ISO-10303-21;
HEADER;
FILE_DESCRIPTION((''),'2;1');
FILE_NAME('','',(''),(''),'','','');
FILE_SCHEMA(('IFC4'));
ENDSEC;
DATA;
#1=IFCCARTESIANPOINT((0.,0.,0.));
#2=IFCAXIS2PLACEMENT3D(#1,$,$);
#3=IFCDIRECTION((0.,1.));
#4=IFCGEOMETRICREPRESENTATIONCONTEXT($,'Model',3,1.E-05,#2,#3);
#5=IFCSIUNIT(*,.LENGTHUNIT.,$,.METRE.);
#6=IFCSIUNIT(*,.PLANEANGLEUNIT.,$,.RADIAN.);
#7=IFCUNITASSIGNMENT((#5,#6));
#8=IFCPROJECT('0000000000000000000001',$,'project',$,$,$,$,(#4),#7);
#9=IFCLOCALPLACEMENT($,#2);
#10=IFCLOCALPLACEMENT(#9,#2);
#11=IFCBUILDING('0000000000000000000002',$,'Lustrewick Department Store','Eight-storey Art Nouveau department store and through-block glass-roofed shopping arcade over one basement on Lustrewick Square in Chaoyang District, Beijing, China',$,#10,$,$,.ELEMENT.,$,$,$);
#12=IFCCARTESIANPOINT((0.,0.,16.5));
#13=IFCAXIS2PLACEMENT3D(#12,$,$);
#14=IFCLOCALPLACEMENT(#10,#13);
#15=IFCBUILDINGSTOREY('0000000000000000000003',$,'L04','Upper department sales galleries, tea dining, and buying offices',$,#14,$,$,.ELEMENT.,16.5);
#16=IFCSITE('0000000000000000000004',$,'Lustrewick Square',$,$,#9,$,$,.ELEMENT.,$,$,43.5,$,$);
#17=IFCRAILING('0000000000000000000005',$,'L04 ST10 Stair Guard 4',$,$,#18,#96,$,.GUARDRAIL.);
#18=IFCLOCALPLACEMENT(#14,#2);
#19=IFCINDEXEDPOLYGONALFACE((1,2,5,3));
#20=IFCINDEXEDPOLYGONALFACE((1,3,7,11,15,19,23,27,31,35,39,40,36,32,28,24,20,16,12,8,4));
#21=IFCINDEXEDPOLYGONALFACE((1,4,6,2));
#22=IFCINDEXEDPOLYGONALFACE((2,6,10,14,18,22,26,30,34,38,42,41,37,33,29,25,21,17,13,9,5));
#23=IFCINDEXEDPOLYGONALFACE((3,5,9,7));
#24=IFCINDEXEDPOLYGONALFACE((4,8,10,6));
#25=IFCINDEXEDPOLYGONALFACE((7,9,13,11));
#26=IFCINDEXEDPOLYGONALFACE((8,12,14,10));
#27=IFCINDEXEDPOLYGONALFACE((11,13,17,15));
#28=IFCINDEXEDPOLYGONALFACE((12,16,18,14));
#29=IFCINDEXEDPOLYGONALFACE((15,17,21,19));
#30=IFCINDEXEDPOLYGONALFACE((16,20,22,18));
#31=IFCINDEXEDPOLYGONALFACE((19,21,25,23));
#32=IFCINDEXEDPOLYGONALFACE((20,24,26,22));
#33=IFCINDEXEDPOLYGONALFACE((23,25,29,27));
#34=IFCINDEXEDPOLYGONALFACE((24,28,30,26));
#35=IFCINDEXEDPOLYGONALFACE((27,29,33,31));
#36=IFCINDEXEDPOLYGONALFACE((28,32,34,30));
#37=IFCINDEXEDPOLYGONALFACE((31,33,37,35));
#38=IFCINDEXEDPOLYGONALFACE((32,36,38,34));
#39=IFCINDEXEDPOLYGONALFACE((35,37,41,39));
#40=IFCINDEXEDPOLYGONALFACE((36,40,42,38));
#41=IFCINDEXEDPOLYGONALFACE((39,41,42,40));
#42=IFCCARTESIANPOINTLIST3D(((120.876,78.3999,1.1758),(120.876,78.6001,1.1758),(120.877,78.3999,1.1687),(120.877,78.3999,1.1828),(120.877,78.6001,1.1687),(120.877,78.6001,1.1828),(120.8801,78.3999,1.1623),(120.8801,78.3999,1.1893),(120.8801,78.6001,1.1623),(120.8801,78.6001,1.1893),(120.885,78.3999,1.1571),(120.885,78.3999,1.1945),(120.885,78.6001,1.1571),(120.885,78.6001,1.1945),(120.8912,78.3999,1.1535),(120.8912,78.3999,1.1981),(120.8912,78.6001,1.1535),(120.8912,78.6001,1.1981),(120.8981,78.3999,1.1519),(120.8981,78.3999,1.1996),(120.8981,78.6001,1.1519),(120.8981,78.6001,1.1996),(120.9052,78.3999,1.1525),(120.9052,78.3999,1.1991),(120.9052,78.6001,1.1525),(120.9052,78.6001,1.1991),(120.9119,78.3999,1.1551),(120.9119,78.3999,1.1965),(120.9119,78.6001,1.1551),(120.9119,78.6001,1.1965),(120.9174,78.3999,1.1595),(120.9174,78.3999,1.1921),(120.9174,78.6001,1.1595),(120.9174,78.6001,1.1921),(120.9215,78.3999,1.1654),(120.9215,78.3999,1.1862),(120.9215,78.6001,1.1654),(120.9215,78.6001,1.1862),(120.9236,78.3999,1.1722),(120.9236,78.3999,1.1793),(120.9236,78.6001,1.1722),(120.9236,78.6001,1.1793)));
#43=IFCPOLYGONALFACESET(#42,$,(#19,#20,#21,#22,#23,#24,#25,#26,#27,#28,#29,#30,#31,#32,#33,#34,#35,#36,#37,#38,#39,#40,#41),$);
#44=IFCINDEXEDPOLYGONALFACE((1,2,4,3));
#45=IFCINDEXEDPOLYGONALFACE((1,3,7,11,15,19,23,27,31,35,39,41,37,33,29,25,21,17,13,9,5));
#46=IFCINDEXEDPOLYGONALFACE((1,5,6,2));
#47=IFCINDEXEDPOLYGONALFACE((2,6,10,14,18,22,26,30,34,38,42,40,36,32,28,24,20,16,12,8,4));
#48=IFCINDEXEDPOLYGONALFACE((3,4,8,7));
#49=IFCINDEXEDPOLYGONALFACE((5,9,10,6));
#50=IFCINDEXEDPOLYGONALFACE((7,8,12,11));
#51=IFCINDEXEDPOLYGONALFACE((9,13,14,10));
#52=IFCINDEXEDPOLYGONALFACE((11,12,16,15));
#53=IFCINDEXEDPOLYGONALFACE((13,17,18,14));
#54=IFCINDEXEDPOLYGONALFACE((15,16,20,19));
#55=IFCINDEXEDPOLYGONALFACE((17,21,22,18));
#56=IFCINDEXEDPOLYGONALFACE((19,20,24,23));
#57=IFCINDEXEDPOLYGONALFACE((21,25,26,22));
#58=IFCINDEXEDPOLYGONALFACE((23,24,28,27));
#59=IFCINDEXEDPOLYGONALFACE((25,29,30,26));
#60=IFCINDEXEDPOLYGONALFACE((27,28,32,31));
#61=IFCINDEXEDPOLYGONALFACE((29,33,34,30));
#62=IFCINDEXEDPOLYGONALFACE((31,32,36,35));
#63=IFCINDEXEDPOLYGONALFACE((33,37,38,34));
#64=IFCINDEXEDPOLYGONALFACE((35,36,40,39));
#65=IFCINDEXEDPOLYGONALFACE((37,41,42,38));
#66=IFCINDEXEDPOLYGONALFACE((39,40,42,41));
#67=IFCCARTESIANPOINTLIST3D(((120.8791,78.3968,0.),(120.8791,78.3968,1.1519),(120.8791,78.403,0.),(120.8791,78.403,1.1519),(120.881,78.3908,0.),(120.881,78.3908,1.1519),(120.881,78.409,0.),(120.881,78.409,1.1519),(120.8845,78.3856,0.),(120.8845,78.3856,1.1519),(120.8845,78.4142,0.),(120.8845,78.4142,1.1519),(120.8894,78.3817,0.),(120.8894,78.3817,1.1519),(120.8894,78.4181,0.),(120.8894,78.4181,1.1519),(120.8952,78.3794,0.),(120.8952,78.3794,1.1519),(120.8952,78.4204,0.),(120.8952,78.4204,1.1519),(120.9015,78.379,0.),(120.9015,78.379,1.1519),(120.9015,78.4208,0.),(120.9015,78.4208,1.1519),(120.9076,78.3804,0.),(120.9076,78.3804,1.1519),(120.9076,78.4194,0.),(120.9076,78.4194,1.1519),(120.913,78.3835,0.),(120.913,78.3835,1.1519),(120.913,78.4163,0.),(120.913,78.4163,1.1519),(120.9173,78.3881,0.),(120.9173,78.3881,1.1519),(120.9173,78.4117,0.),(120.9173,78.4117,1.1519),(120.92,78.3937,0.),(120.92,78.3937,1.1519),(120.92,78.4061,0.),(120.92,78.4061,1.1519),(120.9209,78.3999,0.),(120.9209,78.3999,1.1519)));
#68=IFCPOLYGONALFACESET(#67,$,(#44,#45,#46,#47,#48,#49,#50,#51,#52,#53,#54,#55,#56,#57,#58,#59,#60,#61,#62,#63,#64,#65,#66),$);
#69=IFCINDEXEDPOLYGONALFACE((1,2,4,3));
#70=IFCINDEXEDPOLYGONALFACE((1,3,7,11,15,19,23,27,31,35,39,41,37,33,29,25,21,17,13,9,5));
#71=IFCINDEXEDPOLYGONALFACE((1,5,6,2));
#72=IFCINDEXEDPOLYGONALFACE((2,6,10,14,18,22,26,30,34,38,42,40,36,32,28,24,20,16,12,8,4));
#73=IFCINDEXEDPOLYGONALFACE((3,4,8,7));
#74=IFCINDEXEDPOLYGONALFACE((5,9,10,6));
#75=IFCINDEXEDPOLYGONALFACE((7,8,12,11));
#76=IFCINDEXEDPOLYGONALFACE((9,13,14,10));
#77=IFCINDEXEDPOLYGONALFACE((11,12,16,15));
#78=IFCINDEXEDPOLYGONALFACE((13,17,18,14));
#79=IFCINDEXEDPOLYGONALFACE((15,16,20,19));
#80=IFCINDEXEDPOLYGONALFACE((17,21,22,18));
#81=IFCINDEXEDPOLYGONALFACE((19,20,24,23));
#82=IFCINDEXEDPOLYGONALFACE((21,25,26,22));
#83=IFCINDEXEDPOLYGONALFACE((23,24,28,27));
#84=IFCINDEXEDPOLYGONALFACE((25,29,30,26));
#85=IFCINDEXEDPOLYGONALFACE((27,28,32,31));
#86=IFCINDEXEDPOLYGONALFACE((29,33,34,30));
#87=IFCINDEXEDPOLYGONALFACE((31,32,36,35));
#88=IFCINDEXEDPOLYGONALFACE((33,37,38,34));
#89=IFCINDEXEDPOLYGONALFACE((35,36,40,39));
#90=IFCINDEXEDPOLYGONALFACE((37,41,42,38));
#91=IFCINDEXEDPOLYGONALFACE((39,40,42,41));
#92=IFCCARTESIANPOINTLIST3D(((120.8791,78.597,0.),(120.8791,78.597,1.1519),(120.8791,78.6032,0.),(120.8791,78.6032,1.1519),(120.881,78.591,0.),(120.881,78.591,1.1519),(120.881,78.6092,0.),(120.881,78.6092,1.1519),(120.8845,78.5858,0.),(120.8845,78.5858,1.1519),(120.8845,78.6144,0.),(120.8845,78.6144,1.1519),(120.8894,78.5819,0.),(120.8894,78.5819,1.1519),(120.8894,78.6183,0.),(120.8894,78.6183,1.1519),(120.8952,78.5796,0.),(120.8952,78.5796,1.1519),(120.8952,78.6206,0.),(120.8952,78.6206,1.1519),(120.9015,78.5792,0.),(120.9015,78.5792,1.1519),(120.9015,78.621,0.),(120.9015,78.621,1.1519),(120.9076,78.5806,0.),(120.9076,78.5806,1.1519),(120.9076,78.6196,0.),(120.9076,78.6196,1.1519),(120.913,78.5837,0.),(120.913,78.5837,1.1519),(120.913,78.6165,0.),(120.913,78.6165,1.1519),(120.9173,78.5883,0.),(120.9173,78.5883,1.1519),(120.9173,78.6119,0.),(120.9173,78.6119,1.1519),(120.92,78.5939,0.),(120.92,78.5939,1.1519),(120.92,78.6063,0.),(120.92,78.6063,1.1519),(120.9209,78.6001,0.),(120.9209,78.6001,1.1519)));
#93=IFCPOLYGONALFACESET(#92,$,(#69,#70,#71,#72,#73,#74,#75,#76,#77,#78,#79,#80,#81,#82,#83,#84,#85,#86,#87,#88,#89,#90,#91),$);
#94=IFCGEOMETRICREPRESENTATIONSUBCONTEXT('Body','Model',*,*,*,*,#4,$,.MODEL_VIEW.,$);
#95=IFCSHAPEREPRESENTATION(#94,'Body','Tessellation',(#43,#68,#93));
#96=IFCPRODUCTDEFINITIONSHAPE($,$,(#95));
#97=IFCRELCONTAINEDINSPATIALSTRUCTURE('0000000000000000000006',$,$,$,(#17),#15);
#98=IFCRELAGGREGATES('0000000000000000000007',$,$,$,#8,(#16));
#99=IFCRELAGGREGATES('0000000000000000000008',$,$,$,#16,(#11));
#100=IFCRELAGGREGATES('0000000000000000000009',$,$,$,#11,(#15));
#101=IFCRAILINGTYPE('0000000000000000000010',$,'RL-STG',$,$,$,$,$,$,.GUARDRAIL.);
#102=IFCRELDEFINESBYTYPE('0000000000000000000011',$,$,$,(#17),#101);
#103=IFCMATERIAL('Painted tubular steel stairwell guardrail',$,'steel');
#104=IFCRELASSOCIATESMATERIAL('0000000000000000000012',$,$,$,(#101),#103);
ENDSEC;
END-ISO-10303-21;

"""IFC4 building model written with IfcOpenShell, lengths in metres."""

from ifc_helpers import new_model, si_unit, direction, frame, origin, origin_2d, place, context, subcontext, project, spatial, circle, extrude, material, type_object, element, save


model = new_model("IFC4")

# Units and contexts
model_context = context("Model", 3, precision=1e-05, world=origin(), true_north=direction((0.0, 1.0)))
body_context = subcontext(model_context, "Body", "Model", "MODEL_VIEW")
ifc_project = project(units=[si_unit("LENGTHUNIT", "METRE"), si_unit("PLANEANGLEUNIT", "RADIAN")], contexts=[model_context])

# Site, building, storey
site_placement = place(None, origin())
site = spatial("IfcSite", under=ifc_project, at=site_placement, Name="Lustrewick Square", CompositionType="ELEMENT", RefElevation=43.5)
building_placement = place(site_placement, origin())
building = spatial("IfcBuilding", under=site, at=building_placement, Name="Lustrewick Department Store", Description="Eight-storey Art Nouveau department store and through-block glass-roofed shopping arcade over one basement on Lustrewick Square in Chaoyang District, Beijing, China", CompositionType="ELEMENT")
storey_placement = place(building_placement, frame((0.0, 0.0, 16.5)))
storey = spatial("IfcBuildingStorey", under=building, at=storey_placement, Name="L04", Description="Upper department sales galleries, tea dining, and buying offices", CompositionType="ELEMENT", Elevation=16.5)

# Railing
ifc_material_1 = material(Name="Painted tubular steel stairwell guardrail", Category="steel")
railing_type_1 = type_object("IfcRailingType", Name="RL-STG", PredefinedType="GUARDRAIL", material=ifc_material_1)
railing_1_placement = place(storey_placement, frame((120.8999, 78.3999, 0.0)))
element("IfcRailing", 1, at=railing_1_placement, inside=storey, type_object=railing_type_1, Name="L04 ST10 Stair Guard 4", PredefinedType="GUARDRAIL", context=body_context, shape_type="SweptSolid", body=[
    extrude(circle(Radius=0.0239, at=origin_2d()), frame((0.0, 0.0, 1.1758), z_axis=(0.0, 1.0, 0.0), x_axis=(-1.0, 0.0, 0.0)), (0.0, 0.0, 1.0), 0.2002),
    extrude(circle(Radius=0.021, at=origin_2d()), origin(), (0.0, 0.0, 1.0), 1.1519),
    extrude(circle(Radius=0.021, at=origin_2d()), frame((0.0, 0.2002, 0.0)), (0.0, 0.0, 1.0), 1.1519),
])

save(model, "model.ifc")
